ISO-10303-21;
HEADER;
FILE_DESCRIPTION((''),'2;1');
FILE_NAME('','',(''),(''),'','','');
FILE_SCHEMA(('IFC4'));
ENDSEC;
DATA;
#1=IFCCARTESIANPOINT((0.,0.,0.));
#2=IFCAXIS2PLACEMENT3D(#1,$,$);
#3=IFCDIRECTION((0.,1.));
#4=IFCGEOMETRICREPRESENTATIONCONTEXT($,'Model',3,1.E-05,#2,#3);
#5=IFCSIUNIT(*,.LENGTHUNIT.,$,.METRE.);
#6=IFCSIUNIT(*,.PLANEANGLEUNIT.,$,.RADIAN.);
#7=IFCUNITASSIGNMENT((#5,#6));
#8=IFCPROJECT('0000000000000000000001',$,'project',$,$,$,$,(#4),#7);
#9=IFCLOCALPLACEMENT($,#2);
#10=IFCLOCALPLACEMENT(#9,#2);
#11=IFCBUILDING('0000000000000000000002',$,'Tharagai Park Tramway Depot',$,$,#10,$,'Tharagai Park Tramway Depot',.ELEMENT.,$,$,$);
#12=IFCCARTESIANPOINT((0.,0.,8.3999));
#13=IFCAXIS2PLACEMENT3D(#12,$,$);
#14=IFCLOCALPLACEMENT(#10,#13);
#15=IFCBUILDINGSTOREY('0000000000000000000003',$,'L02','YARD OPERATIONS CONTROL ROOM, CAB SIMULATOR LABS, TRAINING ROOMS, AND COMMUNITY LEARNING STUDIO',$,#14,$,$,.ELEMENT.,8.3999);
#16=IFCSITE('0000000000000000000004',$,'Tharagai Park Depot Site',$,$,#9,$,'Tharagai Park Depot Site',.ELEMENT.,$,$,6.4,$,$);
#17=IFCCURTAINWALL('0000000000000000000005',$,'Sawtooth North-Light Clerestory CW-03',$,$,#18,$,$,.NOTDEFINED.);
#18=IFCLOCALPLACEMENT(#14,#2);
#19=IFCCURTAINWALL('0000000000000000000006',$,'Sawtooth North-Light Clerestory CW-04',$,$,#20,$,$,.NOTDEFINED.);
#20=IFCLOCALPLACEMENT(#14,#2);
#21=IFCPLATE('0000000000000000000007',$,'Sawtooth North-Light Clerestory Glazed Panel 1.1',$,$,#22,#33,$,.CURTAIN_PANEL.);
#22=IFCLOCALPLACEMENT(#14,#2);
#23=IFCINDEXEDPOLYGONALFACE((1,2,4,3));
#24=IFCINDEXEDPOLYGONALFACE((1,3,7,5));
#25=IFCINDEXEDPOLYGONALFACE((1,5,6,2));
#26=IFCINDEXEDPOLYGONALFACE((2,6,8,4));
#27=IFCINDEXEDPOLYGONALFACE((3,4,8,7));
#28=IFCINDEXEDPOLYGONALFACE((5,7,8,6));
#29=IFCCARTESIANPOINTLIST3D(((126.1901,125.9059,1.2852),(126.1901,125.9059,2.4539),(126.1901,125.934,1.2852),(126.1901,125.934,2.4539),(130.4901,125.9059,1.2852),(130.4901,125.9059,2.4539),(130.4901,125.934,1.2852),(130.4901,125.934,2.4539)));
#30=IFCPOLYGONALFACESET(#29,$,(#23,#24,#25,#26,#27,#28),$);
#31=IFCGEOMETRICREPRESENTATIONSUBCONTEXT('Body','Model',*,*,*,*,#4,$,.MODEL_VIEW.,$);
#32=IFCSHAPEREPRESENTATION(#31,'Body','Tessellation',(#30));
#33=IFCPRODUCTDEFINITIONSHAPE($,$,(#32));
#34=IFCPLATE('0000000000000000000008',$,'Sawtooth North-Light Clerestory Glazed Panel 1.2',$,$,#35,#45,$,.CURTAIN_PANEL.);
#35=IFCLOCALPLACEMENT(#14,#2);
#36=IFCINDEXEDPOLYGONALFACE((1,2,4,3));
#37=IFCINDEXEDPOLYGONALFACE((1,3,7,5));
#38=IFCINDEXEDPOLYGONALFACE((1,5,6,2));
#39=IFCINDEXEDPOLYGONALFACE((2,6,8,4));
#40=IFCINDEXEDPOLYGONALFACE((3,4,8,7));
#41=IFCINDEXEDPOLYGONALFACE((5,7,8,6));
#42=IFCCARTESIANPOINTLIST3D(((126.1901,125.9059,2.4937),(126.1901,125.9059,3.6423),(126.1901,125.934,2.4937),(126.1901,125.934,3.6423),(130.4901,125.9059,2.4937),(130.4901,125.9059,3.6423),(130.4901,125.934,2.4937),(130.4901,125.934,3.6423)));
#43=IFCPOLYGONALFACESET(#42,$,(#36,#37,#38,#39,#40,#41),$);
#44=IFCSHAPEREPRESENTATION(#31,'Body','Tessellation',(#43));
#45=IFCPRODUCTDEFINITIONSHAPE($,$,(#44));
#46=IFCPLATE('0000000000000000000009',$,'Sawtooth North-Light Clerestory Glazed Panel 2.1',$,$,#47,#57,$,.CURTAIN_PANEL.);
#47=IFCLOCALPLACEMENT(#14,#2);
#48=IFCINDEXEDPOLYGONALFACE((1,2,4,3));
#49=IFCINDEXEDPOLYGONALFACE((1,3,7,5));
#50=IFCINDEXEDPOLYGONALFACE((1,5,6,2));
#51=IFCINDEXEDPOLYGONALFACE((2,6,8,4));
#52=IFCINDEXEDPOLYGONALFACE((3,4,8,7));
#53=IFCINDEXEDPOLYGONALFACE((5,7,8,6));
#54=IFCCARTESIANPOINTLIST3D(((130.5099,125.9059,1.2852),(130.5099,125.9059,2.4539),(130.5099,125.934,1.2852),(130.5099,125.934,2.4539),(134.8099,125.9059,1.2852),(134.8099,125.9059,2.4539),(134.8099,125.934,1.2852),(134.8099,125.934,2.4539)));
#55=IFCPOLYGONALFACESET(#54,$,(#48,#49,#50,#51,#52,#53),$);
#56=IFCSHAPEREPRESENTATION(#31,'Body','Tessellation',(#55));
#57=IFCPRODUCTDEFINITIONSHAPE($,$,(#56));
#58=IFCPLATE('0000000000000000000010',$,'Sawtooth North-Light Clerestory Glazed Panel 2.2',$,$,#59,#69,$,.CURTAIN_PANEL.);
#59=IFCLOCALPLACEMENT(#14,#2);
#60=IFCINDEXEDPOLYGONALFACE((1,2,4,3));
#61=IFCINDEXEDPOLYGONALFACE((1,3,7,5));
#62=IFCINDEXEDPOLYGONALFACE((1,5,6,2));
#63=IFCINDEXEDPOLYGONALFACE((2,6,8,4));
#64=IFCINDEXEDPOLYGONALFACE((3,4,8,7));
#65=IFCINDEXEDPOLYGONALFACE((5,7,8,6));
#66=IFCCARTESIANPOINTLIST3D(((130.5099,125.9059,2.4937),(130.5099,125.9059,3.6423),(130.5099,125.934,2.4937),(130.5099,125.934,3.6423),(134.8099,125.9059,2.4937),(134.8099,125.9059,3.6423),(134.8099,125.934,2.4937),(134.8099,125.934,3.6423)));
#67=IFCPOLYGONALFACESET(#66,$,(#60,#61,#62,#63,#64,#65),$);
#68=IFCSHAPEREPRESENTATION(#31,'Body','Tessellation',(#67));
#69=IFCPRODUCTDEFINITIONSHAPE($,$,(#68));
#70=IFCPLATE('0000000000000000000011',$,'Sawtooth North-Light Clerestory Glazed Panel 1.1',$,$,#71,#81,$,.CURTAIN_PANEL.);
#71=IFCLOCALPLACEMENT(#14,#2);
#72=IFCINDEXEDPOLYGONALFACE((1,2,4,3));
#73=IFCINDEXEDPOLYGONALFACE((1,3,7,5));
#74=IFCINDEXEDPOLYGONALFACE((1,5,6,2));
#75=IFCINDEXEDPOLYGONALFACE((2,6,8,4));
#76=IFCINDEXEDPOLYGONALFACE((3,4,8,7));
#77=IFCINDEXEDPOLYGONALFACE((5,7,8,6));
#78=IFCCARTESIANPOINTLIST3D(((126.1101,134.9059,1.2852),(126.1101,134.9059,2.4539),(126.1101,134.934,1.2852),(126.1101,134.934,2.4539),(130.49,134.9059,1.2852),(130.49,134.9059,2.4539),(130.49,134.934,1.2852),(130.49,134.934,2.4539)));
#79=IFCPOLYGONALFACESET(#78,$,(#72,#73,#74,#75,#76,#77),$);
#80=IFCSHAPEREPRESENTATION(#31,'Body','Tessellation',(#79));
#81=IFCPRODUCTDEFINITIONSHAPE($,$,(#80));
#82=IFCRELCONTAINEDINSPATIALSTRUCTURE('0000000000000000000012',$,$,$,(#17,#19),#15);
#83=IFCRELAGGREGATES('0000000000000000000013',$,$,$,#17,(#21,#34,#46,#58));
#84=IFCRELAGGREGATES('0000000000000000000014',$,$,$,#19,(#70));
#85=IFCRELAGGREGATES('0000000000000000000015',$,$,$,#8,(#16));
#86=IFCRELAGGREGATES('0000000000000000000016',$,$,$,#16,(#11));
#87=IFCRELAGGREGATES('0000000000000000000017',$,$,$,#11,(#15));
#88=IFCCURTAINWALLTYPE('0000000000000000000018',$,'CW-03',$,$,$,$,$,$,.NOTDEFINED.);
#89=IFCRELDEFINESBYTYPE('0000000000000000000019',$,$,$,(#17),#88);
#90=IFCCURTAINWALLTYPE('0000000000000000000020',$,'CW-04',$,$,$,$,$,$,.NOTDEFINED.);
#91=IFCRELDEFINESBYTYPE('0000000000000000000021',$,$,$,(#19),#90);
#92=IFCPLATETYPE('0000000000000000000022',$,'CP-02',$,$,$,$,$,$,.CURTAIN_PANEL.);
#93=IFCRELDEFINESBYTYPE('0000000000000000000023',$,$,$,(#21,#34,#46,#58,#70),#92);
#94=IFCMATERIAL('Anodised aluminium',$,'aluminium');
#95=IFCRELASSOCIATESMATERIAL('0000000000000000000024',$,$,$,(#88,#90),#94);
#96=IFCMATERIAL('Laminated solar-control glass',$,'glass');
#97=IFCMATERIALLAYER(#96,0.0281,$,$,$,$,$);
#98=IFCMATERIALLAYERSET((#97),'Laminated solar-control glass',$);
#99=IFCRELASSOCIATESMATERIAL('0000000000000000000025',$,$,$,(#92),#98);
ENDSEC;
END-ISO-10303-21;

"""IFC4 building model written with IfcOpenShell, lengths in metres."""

from ifc_helpers import new_model, si_unit, direction, frame, origin, origin_2d, place, context, subcontext, project, spatial, rectangle, extrude, material, layer, layer_set, type_object, element, aggregate, save


model = new_model("IFC4")

# Units and contexts
model_context = context("Model", 3, precision=1e-05, world=origin(), true_north=direction((0.0, 1.0)))
body_context = subcontext(model_context, "Body", "Model", "MODEL_VIEW")
ifc_project = project(units=[si_unit("LENGTHUNIT", "METRE"), si_unit("PLANEANGLEUNIT", "RADIAN")], contexts=[model_context])

# Site, building, storey
site_placement = place(None, origin())
site = spatial("IfcSite", under=ifc_project, at=site_placement, Name="Tharagai Park Depot Site", LongName="Tharagai Park Depot Site", CompositionType="ELEMENT", RefElevation=6.4)
building_placement = place(site_placement, origin())
building = spatial("IfcBuilding", under=site, at=building_placement, Name="Tharagai Park Tramway Depot", LongName="Tharagai Park Tramway Depot", CompositionType="ELEMENT")
storey_placement = place(building_placement, frame((0.0, 0.0, 8.3999)))
storey = spatial("IfcBuildingStorey", under=building, at=storey_placement, Name="L02", Description="YARD OPERATIONS CONTROL ROOM, CAB SIMULATOR LABS, TRAINING ROOMS, AND COMMUNITY LEARNING STUDIO", CompositionType="ELEMENT", Elevation=8.3999)

# Curtain walls
ifc_material_1 = material(Name="Anodised aluminium", Category="aluminium")
curtain_wall_type_1 = type_object("IfcCurtainWallType", Name="CW-03", PredefinedType="NOTDEFINED", material=ifc_material_1)
curtain_wall_1_placement = place(storey_placement, origin())
curtain_wall_1 = element("IfcCurtainWall", 1, at=curtain_wall_1_placement, inside=storey, type_object=curtain_wall_type_1, Name="Sawtooth North-Light Clerestory CW-03", PredefinedType="NOTDEFINED")
curtain_wall_type_2 = type_object("IfcCurtainWallType", Name="CW-04", PredefinedType="NOTDEFINED", material=ifc_material_1)
curtain_wall_2_placement = place(storey_placement, origin())
curtain_wall_2 = element("IfcCurtainWall", 2, at=curtain_wall_2_placement, inside=storey, type_object=curtain_wall_type_2, Name="Sawtooth North-Light Clerestory CW-04", PredefinedType="NOTDEFINED")

# Plates
ifc_material_2 = material(Name="Laminated solar-control glass", Category="glass")
ifc_layer = layer(ifc_material_2, 0.0281)
ifc_layer_set = layer_set([ifc_layer], Name="Laminated solar-control glass")
plate_type = type_object("IfcPlateType", Name="CP-02", PredefinedType="CURTAIN_PANEL", material=ifc_layer_set)
plate_1_placement = place(storey_placement, frame((128.3401, 125.9199, 1.2852), z_axis=(0.0, 0.0, 1.0), x_axis=(1.0, 0.0, 0.0)))
plate_1 = element("IfcPlate", 3, at=plate_1_placement, type_object=plate_type, Name="Sawtooth North-Light Clerestory Glazed Panel 1.1", PredefinedType="CURTAIN_PANEL", context=body_context, shape_type="SweptSolid", body=[
    extrude(rectangle(XDim=4.3, YDim=0.0281, at=origin_2d()), origin(), (0.0, 0.0, 1.0), 1.1687),
])
plate_2_placement = place(storey_placement, frame((128.3401, 125.9199, 2.4937), z_axis=(0.0, 0.0, 1.0), x_axis=(1.0, 0.0, 0.0)))
plate_2 = element("IfcPlate", 4, at=plate_2_placement, type_object=plate_type, Name="Sawtooth North-Light Clerestory Glazed Panel 1.2", PredefinedType="CURTAIN_PANEL", context=body_context, shape_type="SweptSolid", body=[
    extrude(rectangle(XDim=4.3, YDim=0.0281, at=origin_2d()), origin(), (0.0, 0.0, 1.0), 1.1487),
])
plate_3_placement = place(storey_placement, frame((132.6599, 125.9199, 1.2852), z_axis=(0.0, 0.0, 1.0), x_axis=(1.0, 0.0, 0.0)))
plate_3 = element("IfcPlate", 5, at=plate_3_placement, type_object=plate_type, Name="Sawtooth North-Light Clerestory Glazed Panel 2.1", PredefinedType="CURTAIN_PANEL", context=body_context, shape_type="SweptSolid", body=[
    extrude(rectangle(XDim=4.3, YDim=0.0281, at=origin_2d()), origin(), (0.0, 0.0, 1.0), 1.1687),
])
plate_4_placement = place(storey_placement, frame((132.6599, 125.9199, 2.4937), z_axis=(0.0, 0.0, 1.0), x_axis=(1.0, 0.0, 0.0)))
plate_4 = element("IfcPlate", 6, at=plate_4_placement, type_object=plate_type, Name="Sawtooth North-Light Clerestory Glazed Panel 2.2", PredefinedType="CURTAIN_PANEL", context=body_context, shape_type="SweptSolid", body=[
    extrude(rectangle(XDim=4.3, YDim=0.0281, at=origin_2d()), origin(), (0.0, 0.0, 1.0), 1.1487),
])
aggregate(curtain_wall_1, [plate_1, plate_2, plate_3, plate_4])
plate_5_placement = place(storey_placement, frame((128.3, 134.9199, 1.2852), z_axis=(0.0, 0.0, 1.0), x_axis=(1.0, 0.0, 0.0)))
plate_5 = element("IfcPlate", 7, at=plate_5_placement, type_object=plate_type, Name="Sawtooth North-Light Clerestory Glazed Panel 1.1", PredefinedType="CURTAIN_PANEL", context=body_context, shape_type="SweptSolid", body=[
    extrude(rectangle(XDim=4.3799, YDim=0.0281, at=origin_2d()), origin(), (0.0, 0.0, 1.0), 1.1687),
])
aggregate(curtain_wall_2, [plate_5])

save(model, "model.ifc")
